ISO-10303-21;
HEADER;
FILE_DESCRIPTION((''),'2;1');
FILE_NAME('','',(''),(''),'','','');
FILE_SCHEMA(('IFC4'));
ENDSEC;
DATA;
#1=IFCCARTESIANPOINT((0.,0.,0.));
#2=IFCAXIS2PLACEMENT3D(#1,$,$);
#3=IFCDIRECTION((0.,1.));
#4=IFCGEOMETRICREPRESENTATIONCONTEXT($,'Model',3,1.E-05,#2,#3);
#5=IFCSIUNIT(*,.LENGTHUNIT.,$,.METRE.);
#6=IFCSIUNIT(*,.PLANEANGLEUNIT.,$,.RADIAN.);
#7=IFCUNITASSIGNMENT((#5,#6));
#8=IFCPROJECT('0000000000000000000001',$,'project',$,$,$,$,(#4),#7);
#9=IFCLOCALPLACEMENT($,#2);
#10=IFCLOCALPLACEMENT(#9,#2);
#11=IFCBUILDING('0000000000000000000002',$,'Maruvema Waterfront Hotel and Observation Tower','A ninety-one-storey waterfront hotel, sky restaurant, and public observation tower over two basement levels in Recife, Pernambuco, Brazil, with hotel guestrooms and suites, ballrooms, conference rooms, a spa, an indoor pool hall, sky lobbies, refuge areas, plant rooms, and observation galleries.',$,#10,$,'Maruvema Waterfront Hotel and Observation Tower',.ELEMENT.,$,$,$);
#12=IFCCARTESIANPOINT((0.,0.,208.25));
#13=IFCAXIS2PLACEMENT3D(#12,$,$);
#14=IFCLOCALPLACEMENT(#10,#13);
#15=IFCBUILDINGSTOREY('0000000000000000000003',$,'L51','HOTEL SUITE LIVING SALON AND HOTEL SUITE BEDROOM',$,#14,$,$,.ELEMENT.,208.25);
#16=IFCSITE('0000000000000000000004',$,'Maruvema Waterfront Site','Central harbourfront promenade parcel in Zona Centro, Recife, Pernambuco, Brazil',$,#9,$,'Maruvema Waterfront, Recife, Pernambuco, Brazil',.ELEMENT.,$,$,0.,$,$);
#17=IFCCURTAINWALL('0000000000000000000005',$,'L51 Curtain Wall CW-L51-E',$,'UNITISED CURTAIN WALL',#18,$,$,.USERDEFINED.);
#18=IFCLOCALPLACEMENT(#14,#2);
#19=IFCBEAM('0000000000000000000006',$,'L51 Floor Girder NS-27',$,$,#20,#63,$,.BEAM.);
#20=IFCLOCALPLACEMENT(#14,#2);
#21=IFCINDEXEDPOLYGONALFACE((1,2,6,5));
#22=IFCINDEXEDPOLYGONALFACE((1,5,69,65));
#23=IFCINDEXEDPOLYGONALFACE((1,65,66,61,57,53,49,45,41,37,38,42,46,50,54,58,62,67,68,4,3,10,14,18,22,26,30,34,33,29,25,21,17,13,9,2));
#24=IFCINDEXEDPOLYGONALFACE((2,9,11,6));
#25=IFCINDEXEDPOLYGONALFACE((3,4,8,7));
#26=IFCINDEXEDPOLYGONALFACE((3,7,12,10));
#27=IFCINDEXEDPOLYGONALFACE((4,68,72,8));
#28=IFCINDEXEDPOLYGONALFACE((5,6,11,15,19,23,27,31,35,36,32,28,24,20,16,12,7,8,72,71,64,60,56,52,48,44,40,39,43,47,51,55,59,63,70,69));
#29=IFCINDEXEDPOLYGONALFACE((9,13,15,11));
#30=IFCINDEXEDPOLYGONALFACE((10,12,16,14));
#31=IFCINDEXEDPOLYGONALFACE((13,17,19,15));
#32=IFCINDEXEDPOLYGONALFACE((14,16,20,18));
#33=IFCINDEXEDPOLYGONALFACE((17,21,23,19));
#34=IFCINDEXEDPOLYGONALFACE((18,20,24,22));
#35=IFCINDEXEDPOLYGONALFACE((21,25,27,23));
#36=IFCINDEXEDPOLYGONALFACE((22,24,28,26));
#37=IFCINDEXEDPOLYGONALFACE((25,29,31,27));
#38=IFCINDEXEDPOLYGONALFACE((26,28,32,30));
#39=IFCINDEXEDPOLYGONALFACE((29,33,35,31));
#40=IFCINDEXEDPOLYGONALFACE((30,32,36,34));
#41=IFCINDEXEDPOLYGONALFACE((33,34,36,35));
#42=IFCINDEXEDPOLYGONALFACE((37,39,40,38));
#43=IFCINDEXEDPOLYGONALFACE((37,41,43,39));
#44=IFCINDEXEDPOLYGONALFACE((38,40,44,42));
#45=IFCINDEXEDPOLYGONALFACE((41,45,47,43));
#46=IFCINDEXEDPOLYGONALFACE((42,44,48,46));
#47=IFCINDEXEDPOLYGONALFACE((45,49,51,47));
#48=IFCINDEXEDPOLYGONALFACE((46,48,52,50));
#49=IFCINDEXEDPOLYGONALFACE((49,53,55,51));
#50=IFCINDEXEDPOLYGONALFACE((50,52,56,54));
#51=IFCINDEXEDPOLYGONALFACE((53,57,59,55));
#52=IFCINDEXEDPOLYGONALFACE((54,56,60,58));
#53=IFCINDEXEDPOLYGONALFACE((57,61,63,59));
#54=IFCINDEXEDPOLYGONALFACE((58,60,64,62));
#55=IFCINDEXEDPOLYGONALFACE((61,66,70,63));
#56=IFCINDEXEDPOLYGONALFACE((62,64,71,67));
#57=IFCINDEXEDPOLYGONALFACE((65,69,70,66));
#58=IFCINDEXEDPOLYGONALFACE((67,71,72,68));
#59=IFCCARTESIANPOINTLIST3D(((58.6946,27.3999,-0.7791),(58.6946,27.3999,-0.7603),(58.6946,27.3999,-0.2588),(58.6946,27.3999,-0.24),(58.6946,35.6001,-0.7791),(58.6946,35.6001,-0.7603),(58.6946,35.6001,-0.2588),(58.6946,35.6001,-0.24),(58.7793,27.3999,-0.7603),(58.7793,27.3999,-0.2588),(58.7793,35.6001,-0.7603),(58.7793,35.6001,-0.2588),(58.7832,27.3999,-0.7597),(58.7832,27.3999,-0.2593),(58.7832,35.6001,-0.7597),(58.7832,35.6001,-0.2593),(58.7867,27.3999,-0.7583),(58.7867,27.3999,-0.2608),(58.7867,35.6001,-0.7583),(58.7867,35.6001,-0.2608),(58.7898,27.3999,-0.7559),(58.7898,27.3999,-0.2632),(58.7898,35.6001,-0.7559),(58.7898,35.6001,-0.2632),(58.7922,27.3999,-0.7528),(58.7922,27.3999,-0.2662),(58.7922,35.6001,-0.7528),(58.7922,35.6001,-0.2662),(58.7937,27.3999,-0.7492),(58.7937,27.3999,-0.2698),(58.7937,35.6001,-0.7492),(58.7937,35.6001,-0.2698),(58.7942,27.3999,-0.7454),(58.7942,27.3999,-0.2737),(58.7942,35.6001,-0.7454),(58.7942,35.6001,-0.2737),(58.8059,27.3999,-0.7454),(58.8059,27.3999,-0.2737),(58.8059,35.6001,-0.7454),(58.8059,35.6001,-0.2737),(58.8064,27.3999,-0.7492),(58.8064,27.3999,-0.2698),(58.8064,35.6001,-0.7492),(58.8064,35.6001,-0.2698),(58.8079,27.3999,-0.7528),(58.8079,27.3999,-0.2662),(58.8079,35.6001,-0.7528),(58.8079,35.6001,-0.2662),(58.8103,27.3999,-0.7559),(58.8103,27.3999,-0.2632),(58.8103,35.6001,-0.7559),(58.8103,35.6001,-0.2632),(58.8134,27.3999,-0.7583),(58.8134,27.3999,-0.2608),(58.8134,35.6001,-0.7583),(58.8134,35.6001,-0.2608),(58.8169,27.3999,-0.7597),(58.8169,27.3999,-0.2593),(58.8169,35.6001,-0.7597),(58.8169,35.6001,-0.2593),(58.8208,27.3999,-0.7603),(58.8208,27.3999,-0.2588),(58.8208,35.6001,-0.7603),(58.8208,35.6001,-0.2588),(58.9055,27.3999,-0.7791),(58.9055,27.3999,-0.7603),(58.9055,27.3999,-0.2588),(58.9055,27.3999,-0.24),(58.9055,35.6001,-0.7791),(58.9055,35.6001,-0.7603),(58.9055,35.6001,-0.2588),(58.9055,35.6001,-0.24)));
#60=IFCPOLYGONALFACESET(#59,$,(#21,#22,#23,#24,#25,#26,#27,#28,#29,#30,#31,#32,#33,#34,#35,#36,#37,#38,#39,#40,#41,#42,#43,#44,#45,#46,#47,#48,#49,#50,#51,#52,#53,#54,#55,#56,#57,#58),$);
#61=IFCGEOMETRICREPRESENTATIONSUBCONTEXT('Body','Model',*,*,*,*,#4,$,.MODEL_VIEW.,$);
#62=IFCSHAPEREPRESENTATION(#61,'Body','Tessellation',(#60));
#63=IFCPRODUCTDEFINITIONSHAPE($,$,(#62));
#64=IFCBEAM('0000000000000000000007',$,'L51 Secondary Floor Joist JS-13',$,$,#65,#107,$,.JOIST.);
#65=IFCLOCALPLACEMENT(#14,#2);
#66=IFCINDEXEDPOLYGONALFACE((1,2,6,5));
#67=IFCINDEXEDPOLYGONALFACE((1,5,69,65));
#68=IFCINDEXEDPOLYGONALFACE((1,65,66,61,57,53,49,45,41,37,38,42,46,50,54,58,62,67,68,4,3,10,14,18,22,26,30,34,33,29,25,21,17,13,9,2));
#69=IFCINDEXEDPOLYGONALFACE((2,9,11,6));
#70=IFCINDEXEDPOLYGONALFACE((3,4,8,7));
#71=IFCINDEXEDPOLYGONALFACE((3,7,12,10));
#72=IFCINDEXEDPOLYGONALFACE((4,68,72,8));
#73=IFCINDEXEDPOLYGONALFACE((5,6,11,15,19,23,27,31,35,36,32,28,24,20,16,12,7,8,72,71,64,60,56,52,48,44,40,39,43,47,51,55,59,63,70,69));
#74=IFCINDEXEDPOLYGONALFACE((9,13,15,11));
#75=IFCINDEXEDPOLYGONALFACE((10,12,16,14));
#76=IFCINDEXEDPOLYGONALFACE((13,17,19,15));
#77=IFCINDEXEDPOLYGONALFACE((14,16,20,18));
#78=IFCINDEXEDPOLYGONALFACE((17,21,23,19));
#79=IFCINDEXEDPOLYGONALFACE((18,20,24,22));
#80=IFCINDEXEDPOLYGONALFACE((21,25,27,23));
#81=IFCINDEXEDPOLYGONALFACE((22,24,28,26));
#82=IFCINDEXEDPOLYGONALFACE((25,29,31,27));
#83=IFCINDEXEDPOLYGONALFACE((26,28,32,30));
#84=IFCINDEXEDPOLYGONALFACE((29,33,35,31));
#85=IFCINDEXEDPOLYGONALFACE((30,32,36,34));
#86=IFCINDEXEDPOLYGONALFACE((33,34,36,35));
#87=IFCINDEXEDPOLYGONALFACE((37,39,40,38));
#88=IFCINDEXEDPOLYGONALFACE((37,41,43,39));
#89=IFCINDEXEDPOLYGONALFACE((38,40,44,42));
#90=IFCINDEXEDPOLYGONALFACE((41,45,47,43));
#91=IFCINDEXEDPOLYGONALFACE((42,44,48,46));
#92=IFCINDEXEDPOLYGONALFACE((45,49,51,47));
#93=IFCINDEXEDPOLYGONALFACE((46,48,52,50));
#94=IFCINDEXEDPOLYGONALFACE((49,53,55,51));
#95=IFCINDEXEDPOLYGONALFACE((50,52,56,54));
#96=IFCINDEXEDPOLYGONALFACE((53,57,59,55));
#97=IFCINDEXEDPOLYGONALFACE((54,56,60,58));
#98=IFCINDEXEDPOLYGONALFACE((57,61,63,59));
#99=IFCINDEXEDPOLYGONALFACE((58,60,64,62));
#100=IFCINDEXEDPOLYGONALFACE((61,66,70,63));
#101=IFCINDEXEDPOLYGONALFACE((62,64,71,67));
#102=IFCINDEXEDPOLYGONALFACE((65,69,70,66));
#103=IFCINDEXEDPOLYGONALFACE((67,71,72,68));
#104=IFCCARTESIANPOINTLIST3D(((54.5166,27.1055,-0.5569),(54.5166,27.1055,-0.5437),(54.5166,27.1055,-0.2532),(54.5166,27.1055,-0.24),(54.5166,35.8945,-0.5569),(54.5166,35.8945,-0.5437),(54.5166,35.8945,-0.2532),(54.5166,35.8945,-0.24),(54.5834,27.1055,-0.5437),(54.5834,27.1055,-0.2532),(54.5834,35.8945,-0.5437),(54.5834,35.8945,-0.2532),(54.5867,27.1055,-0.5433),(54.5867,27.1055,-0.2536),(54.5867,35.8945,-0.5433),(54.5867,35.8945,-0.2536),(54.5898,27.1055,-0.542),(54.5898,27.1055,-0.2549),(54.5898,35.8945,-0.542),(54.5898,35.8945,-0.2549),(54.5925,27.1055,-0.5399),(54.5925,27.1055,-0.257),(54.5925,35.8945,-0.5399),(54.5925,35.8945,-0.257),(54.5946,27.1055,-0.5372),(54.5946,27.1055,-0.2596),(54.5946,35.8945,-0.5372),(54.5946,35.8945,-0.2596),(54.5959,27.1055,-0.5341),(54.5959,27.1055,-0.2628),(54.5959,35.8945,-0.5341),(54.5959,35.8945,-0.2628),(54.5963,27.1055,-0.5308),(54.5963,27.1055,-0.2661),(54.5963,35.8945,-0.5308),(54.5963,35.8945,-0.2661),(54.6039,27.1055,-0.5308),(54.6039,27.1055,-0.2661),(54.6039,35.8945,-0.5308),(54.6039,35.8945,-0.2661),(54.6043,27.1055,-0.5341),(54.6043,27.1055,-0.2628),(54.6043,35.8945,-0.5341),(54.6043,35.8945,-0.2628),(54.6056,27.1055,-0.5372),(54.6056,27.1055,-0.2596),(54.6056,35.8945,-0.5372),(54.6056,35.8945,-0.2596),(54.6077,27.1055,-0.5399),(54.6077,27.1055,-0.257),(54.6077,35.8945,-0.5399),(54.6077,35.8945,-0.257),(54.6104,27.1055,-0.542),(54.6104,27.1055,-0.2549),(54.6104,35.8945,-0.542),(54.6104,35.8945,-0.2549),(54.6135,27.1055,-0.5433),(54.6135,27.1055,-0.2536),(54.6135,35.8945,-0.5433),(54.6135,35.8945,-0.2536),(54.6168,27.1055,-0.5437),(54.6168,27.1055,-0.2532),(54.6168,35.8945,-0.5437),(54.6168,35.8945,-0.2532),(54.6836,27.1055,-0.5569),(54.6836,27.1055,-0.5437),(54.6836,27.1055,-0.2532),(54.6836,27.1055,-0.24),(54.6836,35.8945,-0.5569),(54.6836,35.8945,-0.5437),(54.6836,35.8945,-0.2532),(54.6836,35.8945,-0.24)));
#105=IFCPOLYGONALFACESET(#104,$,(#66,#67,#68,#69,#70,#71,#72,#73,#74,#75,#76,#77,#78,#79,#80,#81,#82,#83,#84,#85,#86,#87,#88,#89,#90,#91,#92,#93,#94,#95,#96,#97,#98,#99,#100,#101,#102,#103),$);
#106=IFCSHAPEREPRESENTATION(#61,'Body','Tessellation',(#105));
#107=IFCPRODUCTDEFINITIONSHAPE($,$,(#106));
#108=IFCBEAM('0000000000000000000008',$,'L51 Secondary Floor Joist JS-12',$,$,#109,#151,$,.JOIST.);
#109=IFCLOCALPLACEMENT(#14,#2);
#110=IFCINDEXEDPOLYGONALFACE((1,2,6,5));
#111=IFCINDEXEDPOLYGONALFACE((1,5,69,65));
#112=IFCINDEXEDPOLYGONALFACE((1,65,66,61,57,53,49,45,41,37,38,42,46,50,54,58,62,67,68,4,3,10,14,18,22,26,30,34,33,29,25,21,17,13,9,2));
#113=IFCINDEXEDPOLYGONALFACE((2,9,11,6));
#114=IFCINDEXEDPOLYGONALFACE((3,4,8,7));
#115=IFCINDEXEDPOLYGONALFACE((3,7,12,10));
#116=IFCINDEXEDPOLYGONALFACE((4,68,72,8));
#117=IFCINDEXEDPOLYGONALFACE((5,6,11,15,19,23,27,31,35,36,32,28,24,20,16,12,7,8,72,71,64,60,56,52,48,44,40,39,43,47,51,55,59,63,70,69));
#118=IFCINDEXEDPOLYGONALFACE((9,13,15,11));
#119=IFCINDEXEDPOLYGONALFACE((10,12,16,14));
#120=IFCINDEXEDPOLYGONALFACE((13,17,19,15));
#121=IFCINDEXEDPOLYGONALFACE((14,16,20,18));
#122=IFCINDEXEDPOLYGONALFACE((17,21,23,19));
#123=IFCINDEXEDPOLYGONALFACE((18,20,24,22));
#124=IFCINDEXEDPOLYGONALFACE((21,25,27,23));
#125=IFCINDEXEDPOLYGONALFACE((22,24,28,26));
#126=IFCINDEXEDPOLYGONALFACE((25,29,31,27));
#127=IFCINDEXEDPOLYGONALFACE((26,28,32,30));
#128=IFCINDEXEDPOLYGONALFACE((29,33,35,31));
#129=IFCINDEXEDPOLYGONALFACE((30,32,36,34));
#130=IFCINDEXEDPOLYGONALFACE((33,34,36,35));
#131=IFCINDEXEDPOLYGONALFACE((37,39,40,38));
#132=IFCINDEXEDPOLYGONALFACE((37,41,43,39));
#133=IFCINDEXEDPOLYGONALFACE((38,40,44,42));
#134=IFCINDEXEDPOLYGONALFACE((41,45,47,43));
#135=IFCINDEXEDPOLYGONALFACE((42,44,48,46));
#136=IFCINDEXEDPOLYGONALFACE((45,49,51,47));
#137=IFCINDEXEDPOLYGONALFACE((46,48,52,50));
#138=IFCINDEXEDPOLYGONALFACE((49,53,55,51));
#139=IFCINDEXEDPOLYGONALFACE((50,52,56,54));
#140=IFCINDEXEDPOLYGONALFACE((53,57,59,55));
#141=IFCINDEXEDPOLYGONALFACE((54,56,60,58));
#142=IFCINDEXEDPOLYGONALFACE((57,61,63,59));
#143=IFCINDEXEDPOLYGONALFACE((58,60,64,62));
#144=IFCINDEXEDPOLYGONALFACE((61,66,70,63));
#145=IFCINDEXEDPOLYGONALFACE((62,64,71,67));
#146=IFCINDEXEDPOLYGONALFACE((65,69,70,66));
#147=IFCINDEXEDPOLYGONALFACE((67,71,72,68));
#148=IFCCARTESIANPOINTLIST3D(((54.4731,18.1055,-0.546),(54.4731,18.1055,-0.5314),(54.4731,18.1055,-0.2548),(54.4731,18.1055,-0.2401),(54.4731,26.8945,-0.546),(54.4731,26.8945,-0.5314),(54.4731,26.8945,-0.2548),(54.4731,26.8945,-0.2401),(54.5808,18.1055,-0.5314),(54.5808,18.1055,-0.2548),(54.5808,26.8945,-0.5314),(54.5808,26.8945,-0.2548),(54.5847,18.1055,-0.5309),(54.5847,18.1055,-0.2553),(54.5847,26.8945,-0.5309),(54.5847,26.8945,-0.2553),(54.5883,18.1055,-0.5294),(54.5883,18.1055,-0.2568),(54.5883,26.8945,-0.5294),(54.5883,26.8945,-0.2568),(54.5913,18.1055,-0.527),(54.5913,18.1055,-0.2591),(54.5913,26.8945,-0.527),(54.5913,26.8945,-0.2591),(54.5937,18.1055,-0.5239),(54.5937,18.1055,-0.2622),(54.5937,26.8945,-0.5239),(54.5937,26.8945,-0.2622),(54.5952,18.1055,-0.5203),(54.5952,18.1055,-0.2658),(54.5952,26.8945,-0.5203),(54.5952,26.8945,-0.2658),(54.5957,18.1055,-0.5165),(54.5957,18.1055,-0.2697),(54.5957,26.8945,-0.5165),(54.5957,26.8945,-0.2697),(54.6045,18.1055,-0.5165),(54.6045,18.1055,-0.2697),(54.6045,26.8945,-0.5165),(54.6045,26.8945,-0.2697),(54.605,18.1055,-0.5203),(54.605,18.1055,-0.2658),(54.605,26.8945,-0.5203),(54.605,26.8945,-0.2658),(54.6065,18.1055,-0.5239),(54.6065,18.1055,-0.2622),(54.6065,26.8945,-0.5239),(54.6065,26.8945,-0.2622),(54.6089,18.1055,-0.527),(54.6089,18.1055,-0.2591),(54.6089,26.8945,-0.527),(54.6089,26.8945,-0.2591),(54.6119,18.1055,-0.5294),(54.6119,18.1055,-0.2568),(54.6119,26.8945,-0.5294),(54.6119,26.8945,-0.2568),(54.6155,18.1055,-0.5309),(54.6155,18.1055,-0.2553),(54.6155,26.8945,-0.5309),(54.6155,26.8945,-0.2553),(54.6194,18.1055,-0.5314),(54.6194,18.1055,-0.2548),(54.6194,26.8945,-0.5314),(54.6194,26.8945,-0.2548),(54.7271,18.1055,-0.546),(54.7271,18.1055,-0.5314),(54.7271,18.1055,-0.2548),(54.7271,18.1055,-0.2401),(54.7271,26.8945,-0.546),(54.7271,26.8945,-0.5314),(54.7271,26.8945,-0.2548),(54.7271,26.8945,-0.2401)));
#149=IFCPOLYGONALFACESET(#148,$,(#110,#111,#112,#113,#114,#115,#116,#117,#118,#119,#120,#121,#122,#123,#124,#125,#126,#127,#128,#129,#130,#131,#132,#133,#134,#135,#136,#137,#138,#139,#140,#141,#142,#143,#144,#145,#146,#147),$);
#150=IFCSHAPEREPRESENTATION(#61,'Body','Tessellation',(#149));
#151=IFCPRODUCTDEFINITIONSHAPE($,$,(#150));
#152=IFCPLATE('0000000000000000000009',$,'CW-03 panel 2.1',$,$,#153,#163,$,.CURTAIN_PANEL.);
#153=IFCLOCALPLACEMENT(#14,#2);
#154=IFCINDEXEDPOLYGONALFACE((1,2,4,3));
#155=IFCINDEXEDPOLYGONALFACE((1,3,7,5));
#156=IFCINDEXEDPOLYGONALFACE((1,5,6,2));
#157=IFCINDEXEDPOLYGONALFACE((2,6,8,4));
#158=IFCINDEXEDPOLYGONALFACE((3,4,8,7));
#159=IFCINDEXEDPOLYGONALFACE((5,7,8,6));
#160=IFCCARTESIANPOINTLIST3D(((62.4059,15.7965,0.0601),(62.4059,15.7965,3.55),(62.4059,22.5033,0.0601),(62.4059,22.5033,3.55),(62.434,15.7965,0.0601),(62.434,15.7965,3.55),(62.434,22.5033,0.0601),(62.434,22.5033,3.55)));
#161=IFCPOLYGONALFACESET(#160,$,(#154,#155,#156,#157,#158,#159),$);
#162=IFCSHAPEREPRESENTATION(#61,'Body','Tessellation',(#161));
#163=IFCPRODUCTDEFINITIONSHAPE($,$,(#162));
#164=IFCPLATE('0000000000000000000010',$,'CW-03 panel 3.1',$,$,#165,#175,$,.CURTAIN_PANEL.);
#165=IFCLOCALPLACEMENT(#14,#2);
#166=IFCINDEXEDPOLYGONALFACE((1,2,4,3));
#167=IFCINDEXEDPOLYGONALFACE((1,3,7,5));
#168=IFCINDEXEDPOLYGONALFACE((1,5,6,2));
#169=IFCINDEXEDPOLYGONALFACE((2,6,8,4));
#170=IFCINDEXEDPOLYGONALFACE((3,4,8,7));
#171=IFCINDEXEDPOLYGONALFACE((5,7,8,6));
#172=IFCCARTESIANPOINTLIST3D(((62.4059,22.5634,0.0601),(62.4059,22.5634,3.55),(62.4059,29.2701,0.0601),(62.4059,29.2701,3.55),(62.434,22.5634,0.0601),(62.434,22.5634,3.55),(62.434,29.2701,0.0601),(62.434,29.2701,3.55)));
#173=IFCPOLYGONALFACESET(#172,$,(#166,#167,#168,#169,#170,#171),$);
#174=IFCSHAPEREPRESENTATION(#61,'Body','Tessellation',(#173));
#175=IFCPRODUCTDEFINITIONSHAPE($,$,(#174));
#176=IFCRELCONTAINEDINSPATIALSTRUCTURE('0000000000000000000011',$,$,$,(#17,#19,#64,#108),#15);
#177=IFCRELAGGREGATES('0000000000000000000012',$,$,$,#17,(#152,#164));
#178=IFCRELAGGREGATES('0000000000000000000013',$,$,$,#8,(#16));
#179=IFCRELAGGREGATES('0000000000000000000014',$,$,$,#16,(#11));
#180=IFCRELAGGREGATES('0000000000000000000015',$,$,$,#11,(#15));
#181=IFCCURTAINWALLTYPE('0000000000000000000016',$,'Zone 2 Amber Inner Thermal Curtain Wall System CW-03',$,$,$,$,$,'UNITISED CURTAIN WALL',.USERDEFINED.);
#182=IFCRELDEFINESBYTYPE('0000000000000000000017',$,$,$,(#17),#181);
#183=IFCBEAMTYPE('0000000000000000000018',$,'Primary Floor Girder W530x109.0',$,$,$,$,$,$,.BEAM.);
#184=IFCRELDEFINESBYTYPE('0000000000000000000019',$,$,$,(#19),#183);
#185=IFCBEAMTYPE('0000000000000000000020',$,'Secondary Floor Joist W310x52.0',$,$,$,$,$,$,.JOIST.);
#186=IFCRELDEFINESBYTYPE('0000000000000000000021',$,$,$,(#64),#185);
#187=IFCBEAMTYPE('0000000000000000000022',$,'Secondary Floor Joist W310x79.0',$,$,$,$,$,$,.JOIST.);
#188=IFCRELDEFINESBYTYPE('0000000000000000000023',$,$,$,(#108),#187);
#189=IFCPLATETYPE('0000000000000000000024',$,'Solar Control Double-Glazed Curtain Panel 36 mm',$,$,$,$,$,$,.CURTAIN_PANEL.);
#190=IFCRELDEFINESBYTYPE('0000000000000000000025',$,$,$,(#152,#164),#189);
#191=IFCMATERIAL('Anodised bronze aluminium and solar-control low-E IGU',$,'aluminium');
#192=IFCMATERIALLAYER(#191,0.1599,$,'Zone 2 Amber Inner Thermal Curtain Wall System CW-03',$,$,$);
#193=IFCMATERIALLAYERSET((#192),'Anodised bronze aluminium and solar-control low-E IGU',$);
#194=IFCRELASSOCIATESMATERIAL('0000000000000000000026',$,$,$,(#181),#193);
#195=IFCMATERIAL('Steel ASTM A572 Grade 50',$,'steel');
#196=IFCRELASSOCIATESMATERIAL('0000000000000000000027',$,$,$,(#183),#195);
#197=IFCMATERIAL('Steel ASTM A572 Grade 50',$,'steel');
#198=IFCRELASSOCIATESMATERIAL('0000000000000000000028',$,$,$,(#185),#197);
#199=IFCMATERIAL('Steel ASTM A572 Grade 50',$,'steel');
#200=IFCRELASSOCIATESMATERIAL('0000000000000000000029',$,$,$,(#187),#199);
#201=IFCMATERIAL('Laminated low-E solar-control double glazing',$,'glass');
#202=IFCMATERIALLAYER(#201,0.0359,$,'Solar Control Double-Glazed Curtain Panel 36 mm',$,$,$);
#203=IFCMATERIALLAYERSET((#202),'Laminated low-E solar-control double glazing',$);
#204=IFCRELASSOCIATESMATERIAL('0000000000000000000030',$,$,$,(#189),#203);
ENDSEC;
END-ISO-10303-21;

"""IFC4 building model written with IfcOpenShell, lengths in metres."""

from ifc_helpers import new_model, si_unit, direction, frame, origin, origin_2d, place, context, subcontext, project, spatial, rectangle, i_section, extrude, material, layer, layer_set, material_profile, profile_set, type_object, element, aggregate, save


model = new_model("IFC4")

# Units and contexts
model_context = context("Model", 3, precision=1e-05, world=origin(), true_north=direction((0.0, 1.0)))
body_context = subcontext(model_context, "Body", "Model", "MODEL_VIEW")
ifc_project = project(units=[si_unit("LENGTHUNIT", "METRE"), si_unit("PLANEANGLEUNIT", "RADIAN")], contexts=[model_context])

# Site, building, storey
site_placement = place(None, origin())
site = spatial("IfcSite", under=ifc_project, at=site_placement, Name="Maruvema Waterfront Site", Description="Central harbourfront promenade parcel in Zona Centro, Recife, Pernambuco, Brazil", LongName="Maruvema Waterfront, Recife, Pernambuco, Brazil", CompositionType="ELEMENT", RefElevation=0.0)
building_placement = place(site_placement, origin())
building = spatial("IfcBuilding", under=site, at=building_placement, Name="Maruvema Waterfront Hotel and Observation Tower", Description="A ninety-one-storey waterfront hotel, sky restaurant, and public observation tower over two basement levels in Recife, Pernambuco, Brazil, with hotel guestrooms and suites, ballrooms, conference rooms, a spa, an indoor pool hall, sky lobbies, refuge areas, plant rooms, and observation galleries.", LongName="Maruvema Waterfront Hotel and Observation Tower", CompositionType="ELEMENT")
storey_placement = place(building_placement, frame((0.0, 0.0, 208.25)))
storey = spatial("IfcBuildingStorey", under=building, at=storey_placement, Name="L51", Description="HOTEL SUITE LIVING SALON AND HOTEL SUITE BEDROOM", CompositionType="ELEMENT", Elevation=208.25)

# Curtain wall
ifc_material_1 = material(Name="Anodised bronze aluminium and solar-control low-E IGU", Category="aluminium")
ifc_layer_1 = layer(ifc_material_1, 0.1599, Name="Zone 2 Amber Inner Thermal Curtain Wall System CW-03")
ifc_layer_set_1 = layer_set([ifc_layer_1], Name="Anodised bronze aluminium and solar-control low-E IGU")
curtain_wall_type = type_object("IfcCurtainWallType", Name="Zone 2 Amber Inner Thermal Curtain Wall System CW-03", ElementType="UNITISED CURTAIN WALL", PredefinedType="USERDEFINED", material=ifc_layer_set_1)
curtain_wall_placement = place(storey_placement, origin())
curtain_wall = element("IfcCurtainWall", 1, at=curtain_wall_placement, inside=storey, type_object=curtain_wall_type, Name="L51 Curtain Wall CW-L51-E", ObjectType="UNITISED CURTAIN WALL", PredefinedType="USERDEFINED")

# Beams
ifc_material_2 = material(Name="Steel ASTM A572 Grade 50", Category="steel")
ifc_material_profile_1 = material_profile(ifc_material_2, i_section(OverallWidth=0.2109, OverallDepth=0.5391, WebThickness=0.0117, FlangeThickness=0.0188, FilletRadius=0.0149, at=origin_2d()), Name="W530x109.0")
ifc_profile_set_1 = profile_set([ifc_material_profile_1], Name="Steel ASTM A572 Grade 50")
beam_type_1 = type_object("IfcBeamType", Name="Primary Floor Girder W530x109.0", PredefinedType="BEAM", material=ifc_profile_set_1)
for number, where, z_axis, x_axis, name in (
    (2, (58.8, 27.3999, -0.5095), (0.0, 1.0, 0.0), (-1.0, 0.0, 0.0), "L51 Floor Girder NS-27"),
):
    element("IfcBeam", number, at=place(storey_placement, frame(where, z_axis=z_axis, x_axis=x_axis)), inside=storey, type_object=beam_type_1, Name=name, PredefinedType="BEAM", context=body_context, shape_type="SweptSolid", body=[
        extrude(i_section(OverallWidth=0.2109, OverallDepth=0.5391, WebThickness=0.0117, FlangeThickness=0.0188, FilletRadius=0.0149, at=origin_2d()), origin(), (0.0, 0.0, 1.0), 8.2002),
    ])
ifc_material_3 = material(Name="Steel ASTM A572 Grade 50", Category="steel")
ifc_material_profile_2 = material_profile(ifc_material_3, i_section(OverallWidth=0.167, OverallDepth=0.3169, WebThickness=0.0076, FlangeThickness=0.0132, FilletRadius=0.0129, at=origin_2d()), Name="W310x52.0")
ifc_profile_set_2 = profile_set([ifc_material_profile_2], Name="Steel ASTM A572 Grade 50")
beam_type_2 = type_object("IfcBeamType", Name="Secondary Floor Joist W310x52.0", PredefinedType="JOIST", material=ifc_profile_set_2)
beam_1_placement = place(storey_placement, frame((54.6001, 27.1055, -0.3984), z_axis=(0.0, 1.0, 0.0), x_axis=(-1.0, 0.0, 0.0)))
element("IfcBeam", 3, at=beam_1_placement, inside=storey, type_object=beam_type_2, Name="L51 Secondary Floor Joist JS-13", PredefinedType="JOIST", context=body_context, shape_type="SweptSolid", body=[
    extrude(i_section(OverallWidth=0.167, OverallDepth=0.3169, WebThickness=0.0076, FlangeThickness=0.0132, FilletRadius=0.0129, at=origin_2d()), origin(), (0.0, 0.0, 1.0), 8.7891),
])
ifc_material_4 = material(Name="Steel ASTM A572 Grade 50", Category="steel")
ifc_material_profile_3 = material_profile(ifc_material_4, i_section(OverallWidth=0.2539, OverallDepth=0.3059, WebThickness=0.0088, FlangeThickness=0.0146, FilletRadius=0.0149, at=origin_2d()), Name="W310x79.0")
ifc_profile_set_3 = profile_set([ifc_material_profile_3], Name="Steel ASTM A572 Grade 50")
beam_type_3 = type_object("IfcBeamType", Name="Secondary Floor Joist W310x79.0", PredefinedType="JOIST", material=ifc_profile_set_3)
beam_2_placement = place(storey_placement, frame((54.6001, 18.1055, -0.3931), z_axis=(0.0, 1.0, 0.0), x_axis=(-1.0, 0.0, 0.0)))
element("IfcBeam", 4, at=beam_2_placement, inside=storey, type_object=beam_type_3, Name="L51 Secondary Floor Joist JS-12", PredefinedType="JOIST", context=body_context, shape_type="SweptSolid", body=[
    extrude(i_section(OverallWidth=0.2539, OverallDepth=0.3059, WebThickness=0.0088, FlangeThickness=0.0146, FilletRadius=0.0149, at=origin_2d()), origin(), (0.0, 0.0, 1.0), 8.7891),
])

# Plates
ifc_material_5 = material(Name="Laminated low-E solar-control double glazing", Category="glass")
ifc_layer_2 = layer(ifc_material_5, 0.0359, Name="Solar Control Double-Glazed Curtain Panel 36 mm")
ifc_layer_set_2 = layer_set([ifc_layer_2], Name="Laminated low-E solar-control double glazing")
plate_type = type_object("IfcPlateType", Name="Solar Control Double-Glazed Curtain Panel 36 mm", PredefinedType="CURTAIN_PANEL", material=ifc_layer_set_2)
plate_1_placement = place(storey_placement, frame((62.4199, 19.1499, 0.0601), z_axis=(0.0, 0.0, 1.0), x_axis=(0.0, 1.0, 0.0)))
plate_1 = element("IfcPlate", 5, at=plate_1_placement, type_object=plate_type, Name="CW-03 panel 2.1", PredefinedType="CURTAIN_PANEL", context=body_context, shape_type="SweptSolid", body=[
    extrude(rectangle(XDim=6.7068, YDim=0.0281, at=origin_2d()), origin(), (0.0, 0.0, 1.0), 3.49),
])
plate_2_placement = place(storey_placement, frame((62.4199, 25.9167, 0.0601), z_axis=(0.0, 0.0, 1.0), x_axis=(0.0, 1.0, 0.0)))
plate_2 = element("IfcPlate", 6, at=plate_2_placement, type_object=plate_type, Name="CW-03 panel 3.1", PredefinedType="CURTAIN_PANEL", context=body_context, shape_type="SweptSolid", body=[
    extrude(rectangle(XDim=6.7068, YDim=0.0281, at=origin_2d()), origin(), (0.0, 0.0, 1.0), 3.49),
])
aggregate(curtain_wall, [plate_1, plate_2])

save(model, "model.ifc")
